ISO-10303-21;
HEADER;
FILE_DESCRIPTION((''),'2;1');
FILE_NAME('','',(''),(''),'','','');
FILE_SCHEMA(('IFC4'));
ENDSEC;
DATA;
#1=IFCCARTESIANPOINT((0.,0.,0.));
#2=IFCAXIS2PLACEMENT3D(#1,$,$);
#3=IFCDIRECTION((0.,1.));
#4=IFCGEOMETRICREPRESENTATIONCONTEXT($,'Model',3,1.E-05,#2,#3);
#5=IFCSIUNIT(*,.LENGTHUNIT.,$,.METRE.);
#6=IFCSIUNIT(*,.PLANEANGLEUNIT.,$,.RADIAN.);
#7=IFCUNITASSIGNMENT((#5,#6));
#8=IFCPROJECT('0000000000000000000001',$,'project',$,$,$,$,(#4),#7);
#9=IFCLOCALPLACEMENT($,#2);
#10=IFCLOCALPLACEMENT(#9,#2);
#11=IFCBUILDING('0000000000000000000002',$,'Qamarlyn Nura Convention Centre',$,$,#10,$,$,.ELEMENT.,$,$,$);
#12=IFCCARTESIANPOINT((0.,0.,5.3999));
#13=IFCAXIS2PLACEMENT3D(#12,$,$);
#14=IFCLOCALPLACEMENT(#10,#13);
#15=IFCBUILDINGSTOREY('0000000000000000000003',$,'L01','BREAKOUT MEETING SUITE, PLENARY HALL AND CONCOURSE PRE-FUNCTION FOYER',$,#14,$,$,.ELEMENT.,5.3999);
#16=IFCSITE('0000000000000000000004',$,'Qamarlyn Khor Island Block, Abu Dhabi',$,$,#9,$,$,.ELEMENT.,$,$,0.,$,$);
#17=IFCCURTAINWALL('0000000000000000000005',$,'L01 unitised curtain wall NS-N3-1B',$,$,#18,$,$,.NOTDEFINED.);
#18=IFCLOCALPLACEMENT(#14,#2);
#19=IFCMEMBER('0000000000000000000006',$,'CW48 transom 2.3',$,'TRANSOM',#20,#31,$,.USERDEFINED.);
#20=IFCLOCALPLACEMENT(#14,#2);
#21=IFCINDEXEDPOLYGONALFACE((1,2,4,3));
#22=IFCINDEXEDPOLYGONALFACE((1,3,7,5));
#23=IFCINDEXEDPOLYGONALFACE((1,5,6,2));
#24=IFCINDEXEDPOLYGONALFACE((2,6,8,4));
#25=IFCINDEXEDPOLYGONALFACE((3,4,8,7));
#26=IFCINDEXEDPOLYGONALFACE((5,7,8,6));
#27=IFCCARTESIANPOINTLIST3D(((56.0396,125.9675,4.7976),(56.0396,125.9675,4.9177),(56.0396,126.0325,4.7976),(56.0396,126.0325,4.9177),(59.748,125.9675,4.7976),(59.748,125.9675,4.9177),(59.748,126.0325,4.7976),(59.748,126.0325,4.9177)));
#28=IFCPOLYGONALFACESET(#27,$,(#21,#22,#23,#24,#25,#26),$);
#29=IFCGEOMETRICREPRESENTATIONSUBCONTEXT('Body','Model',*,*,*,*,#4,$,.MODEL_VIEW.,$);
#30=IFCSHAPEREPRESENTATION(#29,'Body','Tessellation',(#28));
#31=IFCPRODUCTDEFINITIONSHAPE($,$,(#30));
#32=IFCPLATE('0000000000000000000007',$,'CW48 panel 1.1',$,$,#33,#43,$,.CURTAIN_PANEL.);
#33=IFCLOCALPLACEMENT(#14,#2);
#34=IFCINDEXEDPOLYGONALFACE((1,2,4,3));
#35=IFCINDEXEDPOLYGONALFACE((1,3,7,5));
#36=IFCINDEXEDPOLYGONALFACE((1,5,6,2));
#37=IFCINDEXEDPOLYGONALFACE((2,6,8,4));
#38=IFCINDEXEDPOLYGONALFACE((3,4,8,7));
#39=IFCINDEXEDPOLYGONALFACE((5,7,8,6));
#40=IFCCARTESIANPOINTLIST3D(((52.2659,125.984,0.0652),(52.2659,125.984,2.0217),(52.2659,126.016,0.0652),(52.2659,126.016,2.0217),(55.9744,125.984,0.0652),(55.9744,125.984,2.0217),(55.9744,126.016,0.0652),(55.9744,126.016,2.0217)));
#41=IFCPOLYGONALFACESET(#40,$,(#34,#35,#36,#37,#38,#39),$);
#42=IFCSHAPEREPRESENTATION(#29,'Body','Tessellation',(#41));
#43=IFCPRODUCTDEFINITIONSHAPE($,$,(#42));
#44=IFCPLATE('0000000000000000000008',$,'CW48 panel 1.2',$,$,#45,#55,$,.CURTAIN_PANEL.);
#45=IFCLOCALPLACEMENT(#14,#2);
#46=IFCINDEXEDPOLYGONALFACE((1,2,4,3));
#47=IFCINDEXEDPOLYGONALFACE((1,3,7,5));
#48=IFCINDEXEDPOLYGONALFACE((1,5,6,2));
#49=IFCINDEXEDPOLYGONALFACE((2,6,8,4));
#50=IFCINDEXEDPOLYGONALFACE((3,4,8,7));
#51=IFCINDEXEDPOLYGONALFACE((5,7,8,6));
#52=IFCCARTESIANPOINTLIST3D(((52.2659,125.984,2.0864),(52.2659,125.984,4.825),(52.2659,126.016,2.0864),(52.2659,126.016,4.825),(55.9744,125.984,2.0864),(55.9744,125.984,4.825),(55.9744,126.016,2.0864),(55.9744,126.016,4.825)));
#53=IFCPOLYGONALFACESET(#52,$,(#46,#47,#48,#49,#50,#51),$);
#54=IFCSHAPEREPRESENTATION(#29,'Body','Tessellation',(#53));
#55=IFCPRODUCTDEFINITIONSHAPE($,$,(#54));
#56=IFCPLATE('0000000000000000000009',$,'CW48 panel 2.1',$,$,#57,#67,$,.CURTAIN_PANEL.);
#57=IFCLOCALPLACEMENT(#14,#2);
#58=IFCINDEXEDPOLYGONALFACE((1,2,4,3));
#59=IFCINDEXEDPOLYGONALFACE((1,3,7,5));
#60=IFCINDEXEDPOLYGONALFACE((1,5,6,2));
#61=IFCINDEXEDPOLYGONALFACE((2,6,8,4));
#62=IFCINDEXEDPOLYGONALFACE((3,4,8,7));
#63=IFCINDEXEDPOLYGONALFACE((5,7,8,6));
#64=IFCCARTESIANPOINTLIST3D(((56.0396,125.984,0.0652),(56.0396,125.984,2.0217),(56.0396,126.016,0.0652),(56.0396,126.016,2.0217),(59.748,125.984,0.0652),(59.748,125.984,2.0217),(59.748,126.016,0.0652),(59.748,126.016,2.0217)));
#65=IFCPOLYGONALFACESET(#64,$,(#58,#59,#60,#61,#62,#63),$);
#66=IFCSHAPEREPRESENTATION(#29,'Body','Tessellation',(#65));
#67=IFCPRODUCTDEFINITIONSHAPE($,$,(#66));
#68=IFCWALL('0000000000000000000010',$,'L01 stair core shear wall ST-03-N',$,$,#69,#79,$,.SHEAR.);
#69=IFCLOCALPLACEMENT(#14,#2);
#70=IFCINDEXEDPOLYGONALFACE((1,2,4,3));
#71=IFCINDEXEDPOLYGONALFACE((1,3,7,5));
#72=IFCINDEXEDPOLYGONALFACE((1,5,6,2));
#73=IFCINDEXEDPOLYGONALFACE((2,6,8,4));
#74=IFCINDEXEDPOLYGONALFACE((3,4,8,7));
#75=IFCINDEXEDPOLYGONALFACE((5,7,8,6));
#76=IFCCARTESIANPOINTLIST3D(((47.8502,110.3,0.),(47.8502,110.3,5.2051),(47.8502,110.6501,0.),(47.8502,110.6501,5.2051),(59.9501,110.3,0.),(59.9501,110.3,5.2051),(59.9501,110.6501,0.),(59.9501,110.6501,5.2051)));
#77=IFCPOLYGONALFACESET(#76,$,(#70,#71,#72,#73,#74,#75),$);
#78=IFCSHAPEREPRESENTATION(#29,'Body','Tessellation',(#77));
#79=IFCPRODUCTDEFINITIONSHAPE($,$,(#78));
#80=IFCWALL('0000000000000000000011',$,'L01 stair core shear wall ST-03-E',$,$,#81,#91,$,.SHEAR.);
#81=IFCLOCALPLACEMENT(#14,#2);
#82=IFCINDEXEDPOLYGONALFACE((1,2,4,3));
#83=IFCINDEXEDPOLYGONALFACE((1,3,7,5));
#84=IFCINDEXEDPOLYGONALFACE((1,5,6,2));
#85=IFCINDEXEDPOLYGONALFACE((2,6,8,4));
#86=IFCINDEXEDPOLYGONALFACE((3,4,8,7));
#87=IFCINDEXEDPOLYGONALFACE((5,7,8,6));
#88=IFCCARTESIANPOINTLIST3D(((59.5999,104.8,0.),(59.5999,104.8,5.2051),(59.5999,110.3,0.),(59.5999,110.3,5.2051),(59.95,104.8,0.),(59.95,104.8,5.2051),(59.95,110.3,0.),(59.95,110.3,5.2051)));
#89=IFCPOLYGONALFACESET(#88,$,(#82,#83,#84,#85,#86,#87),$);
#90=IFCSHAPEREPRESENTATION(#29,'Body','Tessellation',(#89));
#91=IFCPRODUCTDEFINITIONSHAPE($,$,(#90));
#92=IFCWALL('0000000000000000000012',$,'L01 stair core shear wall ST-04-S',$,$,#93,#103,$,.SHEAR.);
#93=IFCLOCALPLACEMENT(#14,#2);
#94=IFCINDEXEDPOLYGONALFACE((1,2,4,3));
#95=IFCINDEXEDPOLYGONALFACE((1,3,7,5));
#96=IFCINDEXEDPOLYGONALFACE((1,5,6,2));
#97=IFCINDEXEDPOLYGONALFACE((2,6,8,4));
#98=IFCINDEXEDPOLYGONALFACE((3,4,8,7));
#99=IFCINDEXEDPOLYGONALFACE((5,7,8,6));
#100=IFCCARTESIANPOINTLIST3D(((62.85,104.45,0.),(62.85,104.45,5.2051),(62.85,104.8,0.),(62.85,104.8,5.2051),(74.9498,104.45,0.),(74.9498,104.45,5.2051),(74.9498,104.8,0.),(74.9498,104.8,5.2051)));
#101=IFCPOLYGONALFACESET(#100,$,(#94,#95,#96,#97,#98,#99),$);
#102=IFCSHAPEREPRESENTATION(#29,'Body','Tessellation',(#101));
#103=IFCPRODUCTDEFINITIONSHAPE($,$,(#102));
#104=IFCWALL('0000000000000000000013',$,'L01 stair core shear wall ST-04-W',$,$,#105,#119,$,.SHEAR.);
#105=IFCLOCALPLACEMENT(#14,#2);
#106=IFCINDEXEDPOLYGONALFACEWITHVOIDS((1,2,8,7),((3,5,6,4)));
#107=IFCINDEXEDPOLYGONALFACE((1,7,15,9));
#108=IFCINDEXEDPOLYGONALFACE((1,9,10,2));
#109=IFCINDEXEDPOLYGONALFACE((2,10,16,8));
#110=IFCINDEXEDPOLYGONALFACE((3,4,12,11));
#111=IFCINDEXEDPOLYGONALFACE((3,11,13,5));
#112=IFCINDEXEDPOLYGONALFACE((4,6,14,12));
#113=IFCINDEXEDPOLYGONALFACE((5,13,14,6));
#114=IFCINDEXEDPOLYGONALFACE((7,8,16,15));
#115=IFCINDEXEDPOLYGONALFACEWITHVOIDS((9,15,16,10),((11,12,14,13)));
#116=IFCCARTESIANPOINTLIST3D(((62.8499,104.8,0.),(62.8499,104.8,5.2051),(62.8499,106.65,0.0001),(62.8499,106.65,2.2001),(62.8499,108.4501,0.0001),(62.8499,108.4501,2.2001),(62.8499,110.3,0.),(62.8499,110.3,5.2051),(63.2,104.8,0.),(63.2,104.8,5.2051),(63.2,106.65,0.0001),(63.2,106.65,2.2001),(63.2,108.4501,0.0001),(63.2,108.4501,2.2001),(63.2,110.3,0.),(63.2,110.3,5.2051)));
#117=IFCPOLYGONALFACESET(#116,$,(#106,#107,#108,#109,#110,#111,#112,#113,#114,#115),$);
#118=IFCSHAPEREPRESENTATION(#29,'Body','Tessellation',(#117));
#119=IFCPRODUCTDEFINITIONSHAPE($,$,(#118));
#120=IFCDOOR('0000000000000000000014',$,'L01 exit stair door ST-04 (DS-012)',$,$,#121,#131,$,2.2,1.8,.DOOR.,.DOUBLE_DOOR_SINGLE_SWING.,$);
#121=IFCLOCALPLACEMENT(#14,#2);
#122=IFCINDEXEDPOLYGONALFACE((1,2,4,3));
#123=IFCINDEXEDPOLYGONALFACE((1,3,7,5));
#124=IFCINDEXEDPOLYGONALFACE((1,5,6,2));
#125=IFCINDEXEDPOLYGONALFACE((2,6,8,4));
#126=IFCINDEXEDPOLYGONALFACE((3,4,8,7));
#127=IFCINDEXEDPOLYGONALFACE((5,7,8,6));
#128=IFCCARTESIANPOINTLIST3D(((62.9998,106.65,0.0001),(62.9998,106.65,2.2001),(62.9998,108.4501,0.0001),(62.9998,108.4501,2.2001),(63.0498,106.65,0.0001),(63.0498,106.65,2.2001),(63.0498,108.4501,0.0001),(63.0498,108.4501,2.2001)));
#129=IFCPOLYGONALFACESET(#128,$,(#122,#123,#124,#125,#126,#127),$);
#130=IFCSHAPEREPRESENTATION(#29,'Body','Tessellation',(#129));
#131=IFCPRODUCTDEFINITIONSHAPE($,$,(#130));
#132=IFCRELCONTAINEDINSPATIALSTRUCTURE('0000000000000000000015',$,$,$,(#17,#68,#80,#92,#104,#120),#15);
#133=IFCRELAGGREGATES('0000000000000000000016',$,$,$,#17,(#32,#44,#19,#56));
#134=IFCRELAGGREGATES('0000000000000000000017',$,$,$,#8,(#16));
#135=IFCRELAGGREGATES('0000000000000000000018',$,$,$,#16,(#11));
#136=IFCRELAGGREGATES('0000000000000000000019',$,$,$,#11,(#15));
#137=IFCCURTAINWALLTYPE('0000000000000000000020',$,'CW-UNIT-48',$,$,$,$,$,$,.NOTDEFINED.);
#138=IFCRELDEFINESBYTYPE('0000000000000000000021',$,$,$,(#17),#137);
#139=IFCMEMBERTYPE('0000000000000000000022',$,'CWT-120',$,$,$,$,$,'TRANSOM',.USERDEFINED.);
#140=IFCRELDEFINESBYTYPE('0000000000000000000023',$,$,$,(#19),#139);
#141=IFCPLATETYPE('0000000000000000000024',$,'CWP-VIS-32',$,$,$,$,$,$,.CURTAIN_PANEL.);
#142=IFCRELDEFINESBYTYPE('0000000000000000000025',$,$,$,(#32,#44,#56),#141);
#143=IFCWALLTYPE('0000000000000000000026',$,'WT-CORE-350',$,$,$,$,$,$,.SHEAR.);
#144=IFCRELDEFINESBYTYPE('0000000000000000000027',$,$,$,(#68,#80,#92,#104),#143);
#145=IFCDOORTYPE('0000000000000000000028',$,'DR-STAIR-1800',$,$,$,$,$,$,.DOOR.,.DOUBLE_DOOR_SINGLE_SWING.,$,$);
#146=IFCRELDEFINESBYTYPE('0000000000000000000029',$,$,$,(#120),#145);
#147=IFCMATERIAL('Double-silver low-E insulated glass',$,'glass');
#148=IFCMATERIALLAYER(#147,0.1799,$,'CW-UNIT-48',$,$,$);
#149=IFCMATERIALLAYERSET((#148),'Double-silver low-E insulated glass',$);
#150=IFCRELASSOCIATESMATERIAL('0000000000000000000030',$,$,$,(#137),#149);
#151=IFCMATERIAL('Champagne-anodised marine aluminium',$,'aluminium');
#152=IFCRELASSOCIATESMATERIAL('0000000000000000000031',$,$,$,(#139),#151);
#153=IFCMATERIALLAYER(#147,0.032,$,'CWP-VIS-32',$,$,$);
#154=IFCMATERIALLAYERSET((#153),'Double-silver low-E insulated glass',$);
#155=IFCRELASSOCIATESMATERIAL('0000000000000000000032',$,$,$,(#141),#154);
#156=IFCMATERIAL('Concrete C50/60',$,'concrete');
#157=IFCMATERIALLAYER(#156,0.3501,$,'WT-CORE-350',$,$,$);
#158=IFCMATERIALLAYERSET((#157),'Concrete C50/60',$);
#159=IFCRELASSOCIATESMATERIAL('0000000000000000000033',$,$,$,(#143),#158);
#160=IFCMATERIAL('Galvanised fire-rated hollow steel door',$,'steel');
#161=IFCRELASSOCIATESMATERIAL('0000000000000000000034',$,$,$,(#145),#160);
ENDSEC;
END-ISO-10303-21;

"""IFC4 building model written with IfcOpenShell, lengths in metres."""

from ifc_helpers import new_model, si_unit, direction, frame, frame_2d, origin, origin_2d, place, context, subcontext, project, spatial, rectangle, extrude, material, layer, layer_set, material_profile, profile_set, type_object, element, fill, aggregate, save


model = new_model("IFC4")

# Units and contexts
model_context = context("Model", 3, precision=1e-05, world=origin(), true_north=direction((0.0, 1.0)))
body_context = subcontext(model_context, "Body", "Model", "MODEL_VIEW")
ifc_project = project(units=[si_unit("LENGTHUNIT", "METRE"), si_unit("PLANEANGLEUNIT", "RADIAN")], contexts=[model_context])

# Site, building, storey
site_placement = place(None, origin())
site = spatial("IfcSite", under=ifc_project, at=site_placement, Name="Qamarlyn Khor Island Block, Abu Dhabi", CompositionType="ELEMENT", RefElevation=0.0)
building_placement = place(site_placement, origin())
building = spatial("IfcBuilding", under=site, at=building_placement, Name="Qamarlyn Nura Convention Centre", CompositionType="ELEMENT")
storey_placement = place(building_placement, frame((0.0, 0.0, 5.3999)))
storey = spatial("IfcBuildingStorey", under=building, at=storey_placement, Name="L01", Description="BREAKOUT MEETING SUITE, PLENARY HALL AND CONCOURSE PRE-FUNCTION FOYER", CompositionType="ELEMENT", Elevation=5.3999)

# Shared definitions
ifc_material_1 = material(Name="Concrete C50/60", Category="concrete")

# Curtain wall, member, plates
ifc_material_2 = material(Name="Double-silver low-E insulated glass", Category="glass")
ifc_layer_1 = layer(ifc_material_2, 0.1799, Name="CW-UNIT-48")
ifc_layer_set_1 = layer_set([ifc_layer_1], Name="Double-silver low-E insulated glass")
curtain_wall_type = type_object("IfcCurtainWallType", Name="CW-UNIT-48", PredefinedType="NOTDEFINED", material=ifc_layer_set_1)
curtain_wall_placement = place(storey_placement, origin())
curtain_wall = element("IfcCurtainWall", 1, at=curtain_wall_placement, inside=storey, type_object=curtain_wall_type, Name="L01 unitised curtain wall NS-N3-1B", PredefinedType="NOTDEFINED")
ifc_material_3 = material(Name="Champagne-anodised marine aluminium", Category="aluminium")
ifc_material_profile_1 = material_profile(ifc_material_3, rectangle(XDim=0.0649, YDim=0.1201, at=origin_2d()), Name="ALU TRANSOM 65x120")
ifc_profile_set_1 = profile_set([ifc_material_profile_1], Name="Champagne-anodised marine aluminium")
member_type_1 = type_object("IfcMemberType", Name="CWT-120", ElementType="TRANSOM", PredefinedType="USERDEFINED", material=ifc_profile_set_1)
member_1_placement = place(storey_placement, frame((56.0396, 126.0, 4.8577), z_axis=(1.0, 0.0, 0.0), x_axis=(0.0, 1.0, 0.0)))
member_1 = element("IfcMember", 2, at=member_1_placement, type_object=member_type_1, Name="CW48 transom 2.3", ObjectType="TRANSOM", PredefinedType="USERDEFINED", context=body_context, shape_type="SweptSolid", body=[
    extrude(rectangle(XDim=0.0649, YDim=0.1201, at=origin_2d()), origin(), (0.0, 0.0, 1.0), 3.7085),
])
ifc_layer_2 = layer(ifc_material_2, 0.032, Name="CWP-VIS-32")
ifc_layer_set_2 = layer_set([ifc_layer_2], Name="Double-silver low-E insulated glass")
plate_type = type_object("IfcPlateType", Name="CWP-VIS-32", PredefinedType="CURTAIN_PANEL", material=ifc_layer_set_2)
plate_1_placement = place(storey_placement, frame((54.1201, 126.0, 0.0652), z_axis=(0.0, 0.0, 1.0), x_axis=(1.0, 0.0, 0.0)))
plate_1 = element("IfcPlate", 3, at=plate_1_placement, type_object=plate_type, Name="CW48 panel 1.1", PredefinedType="CURTAIN_PANEL", context=body_context, shape_type="SweptSolid", body=[
    extrude(rectangle(XDim=3.7085, YDim=0.032, at=origin_2d()), origin(), (0.0, 0.0, 1.0), 1.9565),
])
plate_2_placement = place(storey_placement, frame((54.1201, 126.0, 2.0864), z_axis=(0.0, 0.0, 1.0), x_axis=(1.0, 0.0, 0.0)))
plate_2 = element("IfcPlate", 4, at=plate_2_placement, type_object=plate_type, Name="CW48 panel 1.2", PredefinedType="CURTAIN_PANEL", context=body_context, shape_type="SweptSolid", body=[
    extrude(rectangle(XDim=3.7085, YDim=0.032, at=origin_2d()), origin(), (0.0, 0.0, 1.0), 2.7385),
])
plate_3_placement = place(storey_placement, frame((57.8938, 126.0, 0.0652), z_axis=(0.0, 0.0, 1.0), x_axis=(1.0, 0.0, 0.0)))
plate_3 = element("IfcPlate", 5, at=plate_3_placement, type_object=plate_type, Name="CW48 panel 2.1", PredefinedType="CURTAIN_PANEL", context=body_context, shape_type="SweptSolid", body=[
    extrude(rectangle(XDim=3.7085, YDim=0.032, at=origin_2d()), origin(), (0.0, 0.0, 1.0), 1.9565),
])
aggregate(curtain_wall, [plate_1, plate_2, member_1, plate_3])

# Walls
ifc_layer_3 = layer(ifc_material_1, 0.3501, Name="WT-CORE-350")
ifc_layer_set_3 = layer_set([ifc_layer_3], Name="Concrete C50/60")
wall_type = type_object("IfcWallType", Name="WT-CORE-350", PredefinedType="SHEAR", material=ifc_layer_set_3)
wall_1_placement = place(storey_placement, frame((59.95, 110.4751, 0.0), z_axis=(0.0, 0.0, 1.0), x_axis=(-1.0, 0.0, 0.0)))
element("IfcWall", 6, at=wall_1_placement, inside=storey, type_object=wall_type, Name="L01 stair core shear wall ST-03-N", PredefinedType="SHEAR", context=body_context, shape_type="SweptSolid", body=[
    extrude(rectangle(XDim=12.0999, YDim=0.3501, at=frame_2d((6.0498, 0.0))), origin(), (0.0, 0.0, 1.0), 5.2051),
])
wall_2_placement = place(storey_placement, frame((59.7749, 104.8, 0.0), z_axis=(0.0, 0.0, 1.0), x_axis=(0.0, 1.0, 0.0)))
element("IfcWall", 7, at=wall_2_placement, inside=storey, type_object=wall_type, Name="L01 stair core shear wall ST-03-E", PredefinedType="SHEAR", context=body_context, shape_type="SweptSolid", body=[
    extrude(rectangle(XDim=5.5, YDim=0.3501, at=frame_2d((2.75, 0.0))), origin(), (0.0, 0.0, 1.0), 5.2051),
])
wall_3_placement = place(storey_placement, frame((62.8501, 104.625, 0.0), z_axis=(0.0, 0.0, 1.0), x_axis=(1.0, 0.0, 0.0)))
element("IfcWall", 8, at=wall_3_placement, inside=storey, type_object=wall_type, Name="L01 stair core shear wall ST-04-S", PredefinedType="SHEAR", context=body_context, shape_type="SweptSolid", body=[
    extrude(rectangle(XDim=12.0999, YDim=0.3501, at=frame_2d((6.0498, 0.0))), origin(), (0.0, 0.0, 1.0), 5.2051),
])

# Wall, opening, door
wall_4_placement = place(storey_placement, frame((63.0249, 110.3, 0.0), z_axis=(0.0, 0.0, 1.0), x_axis=(0.0, -1.0, 0.0)))
wall_4 = element("IfcWall", 9, at=wall_4_placement, inside=storey, type_object=wall_type, Name="L01 stair core shear wall ST-04-W", PredefinedType="SHEAR", context=body_context, shape_type="SweptSolid", body=[
    extrude(rectangle(XDim=5.5, YDim=0.3501, at=frame_2d((2.75, 0.0))), origin(), (0.0, 0.0, 1.0), 5.2051),
])
opening_placement = place(wall_4_placement, frame((1.8501, 0.0, 0.0)))
opening = element("IfcOpeningElement", 10, at=opening_placement, cuts=wall_4, PredefinedType="OPENING", context=body_context, shape_type="SweptSolid", body=[
    extrude(rectangle(XDim=1.8, YDim=2.2, at=frame_2d((0.8999, 1.1001))), frame((0.0, 0.1851, 0.0), z_axis=(0.0, -1.0, 0.0), x_axis=(1.0, 0.0, 0.0)), (0.0, 0.0, 1.0), 0.3701),
])
ifc_material_4 = material(Name="Galvanised fire-rated hollow steel door", Category="steel")
door_type = type_object("IfcDoorType", Name="DR-STAIR-1800", OperationType="DOUBLE_DOOR_SINGLE_SWING", PredefinedType="DOOR", material=ifc_material_4)
door_placement = place(opening_placement, origin())
door = element("IfcDoor", 11, at=door_placement, inside=storey, type_object=door_type, Name="L01 exit stair door ST-04 (DS-012)", OperationType="DOUBLE_DOOR_SINGLE_SWING", OverallHeight=2.2, OverallWidth=1.8, PredefinedType="DOOR", context=body_context, shape_type="SweptSolid", body=[
    extrude(rectangle(XDim=1.8, YDim=2.2, at=frame_2d((0.8999, 1.1001))), frame((0.0, 0.0249, 0.0), z_axis=(0.0, -1.0, 0.0), x_axis=(1.0, 0.0, 0.0)), (0.0, 0.0, 1.0), 0.05),
])
fill(opening, door)

save(model, "model.ifc")
